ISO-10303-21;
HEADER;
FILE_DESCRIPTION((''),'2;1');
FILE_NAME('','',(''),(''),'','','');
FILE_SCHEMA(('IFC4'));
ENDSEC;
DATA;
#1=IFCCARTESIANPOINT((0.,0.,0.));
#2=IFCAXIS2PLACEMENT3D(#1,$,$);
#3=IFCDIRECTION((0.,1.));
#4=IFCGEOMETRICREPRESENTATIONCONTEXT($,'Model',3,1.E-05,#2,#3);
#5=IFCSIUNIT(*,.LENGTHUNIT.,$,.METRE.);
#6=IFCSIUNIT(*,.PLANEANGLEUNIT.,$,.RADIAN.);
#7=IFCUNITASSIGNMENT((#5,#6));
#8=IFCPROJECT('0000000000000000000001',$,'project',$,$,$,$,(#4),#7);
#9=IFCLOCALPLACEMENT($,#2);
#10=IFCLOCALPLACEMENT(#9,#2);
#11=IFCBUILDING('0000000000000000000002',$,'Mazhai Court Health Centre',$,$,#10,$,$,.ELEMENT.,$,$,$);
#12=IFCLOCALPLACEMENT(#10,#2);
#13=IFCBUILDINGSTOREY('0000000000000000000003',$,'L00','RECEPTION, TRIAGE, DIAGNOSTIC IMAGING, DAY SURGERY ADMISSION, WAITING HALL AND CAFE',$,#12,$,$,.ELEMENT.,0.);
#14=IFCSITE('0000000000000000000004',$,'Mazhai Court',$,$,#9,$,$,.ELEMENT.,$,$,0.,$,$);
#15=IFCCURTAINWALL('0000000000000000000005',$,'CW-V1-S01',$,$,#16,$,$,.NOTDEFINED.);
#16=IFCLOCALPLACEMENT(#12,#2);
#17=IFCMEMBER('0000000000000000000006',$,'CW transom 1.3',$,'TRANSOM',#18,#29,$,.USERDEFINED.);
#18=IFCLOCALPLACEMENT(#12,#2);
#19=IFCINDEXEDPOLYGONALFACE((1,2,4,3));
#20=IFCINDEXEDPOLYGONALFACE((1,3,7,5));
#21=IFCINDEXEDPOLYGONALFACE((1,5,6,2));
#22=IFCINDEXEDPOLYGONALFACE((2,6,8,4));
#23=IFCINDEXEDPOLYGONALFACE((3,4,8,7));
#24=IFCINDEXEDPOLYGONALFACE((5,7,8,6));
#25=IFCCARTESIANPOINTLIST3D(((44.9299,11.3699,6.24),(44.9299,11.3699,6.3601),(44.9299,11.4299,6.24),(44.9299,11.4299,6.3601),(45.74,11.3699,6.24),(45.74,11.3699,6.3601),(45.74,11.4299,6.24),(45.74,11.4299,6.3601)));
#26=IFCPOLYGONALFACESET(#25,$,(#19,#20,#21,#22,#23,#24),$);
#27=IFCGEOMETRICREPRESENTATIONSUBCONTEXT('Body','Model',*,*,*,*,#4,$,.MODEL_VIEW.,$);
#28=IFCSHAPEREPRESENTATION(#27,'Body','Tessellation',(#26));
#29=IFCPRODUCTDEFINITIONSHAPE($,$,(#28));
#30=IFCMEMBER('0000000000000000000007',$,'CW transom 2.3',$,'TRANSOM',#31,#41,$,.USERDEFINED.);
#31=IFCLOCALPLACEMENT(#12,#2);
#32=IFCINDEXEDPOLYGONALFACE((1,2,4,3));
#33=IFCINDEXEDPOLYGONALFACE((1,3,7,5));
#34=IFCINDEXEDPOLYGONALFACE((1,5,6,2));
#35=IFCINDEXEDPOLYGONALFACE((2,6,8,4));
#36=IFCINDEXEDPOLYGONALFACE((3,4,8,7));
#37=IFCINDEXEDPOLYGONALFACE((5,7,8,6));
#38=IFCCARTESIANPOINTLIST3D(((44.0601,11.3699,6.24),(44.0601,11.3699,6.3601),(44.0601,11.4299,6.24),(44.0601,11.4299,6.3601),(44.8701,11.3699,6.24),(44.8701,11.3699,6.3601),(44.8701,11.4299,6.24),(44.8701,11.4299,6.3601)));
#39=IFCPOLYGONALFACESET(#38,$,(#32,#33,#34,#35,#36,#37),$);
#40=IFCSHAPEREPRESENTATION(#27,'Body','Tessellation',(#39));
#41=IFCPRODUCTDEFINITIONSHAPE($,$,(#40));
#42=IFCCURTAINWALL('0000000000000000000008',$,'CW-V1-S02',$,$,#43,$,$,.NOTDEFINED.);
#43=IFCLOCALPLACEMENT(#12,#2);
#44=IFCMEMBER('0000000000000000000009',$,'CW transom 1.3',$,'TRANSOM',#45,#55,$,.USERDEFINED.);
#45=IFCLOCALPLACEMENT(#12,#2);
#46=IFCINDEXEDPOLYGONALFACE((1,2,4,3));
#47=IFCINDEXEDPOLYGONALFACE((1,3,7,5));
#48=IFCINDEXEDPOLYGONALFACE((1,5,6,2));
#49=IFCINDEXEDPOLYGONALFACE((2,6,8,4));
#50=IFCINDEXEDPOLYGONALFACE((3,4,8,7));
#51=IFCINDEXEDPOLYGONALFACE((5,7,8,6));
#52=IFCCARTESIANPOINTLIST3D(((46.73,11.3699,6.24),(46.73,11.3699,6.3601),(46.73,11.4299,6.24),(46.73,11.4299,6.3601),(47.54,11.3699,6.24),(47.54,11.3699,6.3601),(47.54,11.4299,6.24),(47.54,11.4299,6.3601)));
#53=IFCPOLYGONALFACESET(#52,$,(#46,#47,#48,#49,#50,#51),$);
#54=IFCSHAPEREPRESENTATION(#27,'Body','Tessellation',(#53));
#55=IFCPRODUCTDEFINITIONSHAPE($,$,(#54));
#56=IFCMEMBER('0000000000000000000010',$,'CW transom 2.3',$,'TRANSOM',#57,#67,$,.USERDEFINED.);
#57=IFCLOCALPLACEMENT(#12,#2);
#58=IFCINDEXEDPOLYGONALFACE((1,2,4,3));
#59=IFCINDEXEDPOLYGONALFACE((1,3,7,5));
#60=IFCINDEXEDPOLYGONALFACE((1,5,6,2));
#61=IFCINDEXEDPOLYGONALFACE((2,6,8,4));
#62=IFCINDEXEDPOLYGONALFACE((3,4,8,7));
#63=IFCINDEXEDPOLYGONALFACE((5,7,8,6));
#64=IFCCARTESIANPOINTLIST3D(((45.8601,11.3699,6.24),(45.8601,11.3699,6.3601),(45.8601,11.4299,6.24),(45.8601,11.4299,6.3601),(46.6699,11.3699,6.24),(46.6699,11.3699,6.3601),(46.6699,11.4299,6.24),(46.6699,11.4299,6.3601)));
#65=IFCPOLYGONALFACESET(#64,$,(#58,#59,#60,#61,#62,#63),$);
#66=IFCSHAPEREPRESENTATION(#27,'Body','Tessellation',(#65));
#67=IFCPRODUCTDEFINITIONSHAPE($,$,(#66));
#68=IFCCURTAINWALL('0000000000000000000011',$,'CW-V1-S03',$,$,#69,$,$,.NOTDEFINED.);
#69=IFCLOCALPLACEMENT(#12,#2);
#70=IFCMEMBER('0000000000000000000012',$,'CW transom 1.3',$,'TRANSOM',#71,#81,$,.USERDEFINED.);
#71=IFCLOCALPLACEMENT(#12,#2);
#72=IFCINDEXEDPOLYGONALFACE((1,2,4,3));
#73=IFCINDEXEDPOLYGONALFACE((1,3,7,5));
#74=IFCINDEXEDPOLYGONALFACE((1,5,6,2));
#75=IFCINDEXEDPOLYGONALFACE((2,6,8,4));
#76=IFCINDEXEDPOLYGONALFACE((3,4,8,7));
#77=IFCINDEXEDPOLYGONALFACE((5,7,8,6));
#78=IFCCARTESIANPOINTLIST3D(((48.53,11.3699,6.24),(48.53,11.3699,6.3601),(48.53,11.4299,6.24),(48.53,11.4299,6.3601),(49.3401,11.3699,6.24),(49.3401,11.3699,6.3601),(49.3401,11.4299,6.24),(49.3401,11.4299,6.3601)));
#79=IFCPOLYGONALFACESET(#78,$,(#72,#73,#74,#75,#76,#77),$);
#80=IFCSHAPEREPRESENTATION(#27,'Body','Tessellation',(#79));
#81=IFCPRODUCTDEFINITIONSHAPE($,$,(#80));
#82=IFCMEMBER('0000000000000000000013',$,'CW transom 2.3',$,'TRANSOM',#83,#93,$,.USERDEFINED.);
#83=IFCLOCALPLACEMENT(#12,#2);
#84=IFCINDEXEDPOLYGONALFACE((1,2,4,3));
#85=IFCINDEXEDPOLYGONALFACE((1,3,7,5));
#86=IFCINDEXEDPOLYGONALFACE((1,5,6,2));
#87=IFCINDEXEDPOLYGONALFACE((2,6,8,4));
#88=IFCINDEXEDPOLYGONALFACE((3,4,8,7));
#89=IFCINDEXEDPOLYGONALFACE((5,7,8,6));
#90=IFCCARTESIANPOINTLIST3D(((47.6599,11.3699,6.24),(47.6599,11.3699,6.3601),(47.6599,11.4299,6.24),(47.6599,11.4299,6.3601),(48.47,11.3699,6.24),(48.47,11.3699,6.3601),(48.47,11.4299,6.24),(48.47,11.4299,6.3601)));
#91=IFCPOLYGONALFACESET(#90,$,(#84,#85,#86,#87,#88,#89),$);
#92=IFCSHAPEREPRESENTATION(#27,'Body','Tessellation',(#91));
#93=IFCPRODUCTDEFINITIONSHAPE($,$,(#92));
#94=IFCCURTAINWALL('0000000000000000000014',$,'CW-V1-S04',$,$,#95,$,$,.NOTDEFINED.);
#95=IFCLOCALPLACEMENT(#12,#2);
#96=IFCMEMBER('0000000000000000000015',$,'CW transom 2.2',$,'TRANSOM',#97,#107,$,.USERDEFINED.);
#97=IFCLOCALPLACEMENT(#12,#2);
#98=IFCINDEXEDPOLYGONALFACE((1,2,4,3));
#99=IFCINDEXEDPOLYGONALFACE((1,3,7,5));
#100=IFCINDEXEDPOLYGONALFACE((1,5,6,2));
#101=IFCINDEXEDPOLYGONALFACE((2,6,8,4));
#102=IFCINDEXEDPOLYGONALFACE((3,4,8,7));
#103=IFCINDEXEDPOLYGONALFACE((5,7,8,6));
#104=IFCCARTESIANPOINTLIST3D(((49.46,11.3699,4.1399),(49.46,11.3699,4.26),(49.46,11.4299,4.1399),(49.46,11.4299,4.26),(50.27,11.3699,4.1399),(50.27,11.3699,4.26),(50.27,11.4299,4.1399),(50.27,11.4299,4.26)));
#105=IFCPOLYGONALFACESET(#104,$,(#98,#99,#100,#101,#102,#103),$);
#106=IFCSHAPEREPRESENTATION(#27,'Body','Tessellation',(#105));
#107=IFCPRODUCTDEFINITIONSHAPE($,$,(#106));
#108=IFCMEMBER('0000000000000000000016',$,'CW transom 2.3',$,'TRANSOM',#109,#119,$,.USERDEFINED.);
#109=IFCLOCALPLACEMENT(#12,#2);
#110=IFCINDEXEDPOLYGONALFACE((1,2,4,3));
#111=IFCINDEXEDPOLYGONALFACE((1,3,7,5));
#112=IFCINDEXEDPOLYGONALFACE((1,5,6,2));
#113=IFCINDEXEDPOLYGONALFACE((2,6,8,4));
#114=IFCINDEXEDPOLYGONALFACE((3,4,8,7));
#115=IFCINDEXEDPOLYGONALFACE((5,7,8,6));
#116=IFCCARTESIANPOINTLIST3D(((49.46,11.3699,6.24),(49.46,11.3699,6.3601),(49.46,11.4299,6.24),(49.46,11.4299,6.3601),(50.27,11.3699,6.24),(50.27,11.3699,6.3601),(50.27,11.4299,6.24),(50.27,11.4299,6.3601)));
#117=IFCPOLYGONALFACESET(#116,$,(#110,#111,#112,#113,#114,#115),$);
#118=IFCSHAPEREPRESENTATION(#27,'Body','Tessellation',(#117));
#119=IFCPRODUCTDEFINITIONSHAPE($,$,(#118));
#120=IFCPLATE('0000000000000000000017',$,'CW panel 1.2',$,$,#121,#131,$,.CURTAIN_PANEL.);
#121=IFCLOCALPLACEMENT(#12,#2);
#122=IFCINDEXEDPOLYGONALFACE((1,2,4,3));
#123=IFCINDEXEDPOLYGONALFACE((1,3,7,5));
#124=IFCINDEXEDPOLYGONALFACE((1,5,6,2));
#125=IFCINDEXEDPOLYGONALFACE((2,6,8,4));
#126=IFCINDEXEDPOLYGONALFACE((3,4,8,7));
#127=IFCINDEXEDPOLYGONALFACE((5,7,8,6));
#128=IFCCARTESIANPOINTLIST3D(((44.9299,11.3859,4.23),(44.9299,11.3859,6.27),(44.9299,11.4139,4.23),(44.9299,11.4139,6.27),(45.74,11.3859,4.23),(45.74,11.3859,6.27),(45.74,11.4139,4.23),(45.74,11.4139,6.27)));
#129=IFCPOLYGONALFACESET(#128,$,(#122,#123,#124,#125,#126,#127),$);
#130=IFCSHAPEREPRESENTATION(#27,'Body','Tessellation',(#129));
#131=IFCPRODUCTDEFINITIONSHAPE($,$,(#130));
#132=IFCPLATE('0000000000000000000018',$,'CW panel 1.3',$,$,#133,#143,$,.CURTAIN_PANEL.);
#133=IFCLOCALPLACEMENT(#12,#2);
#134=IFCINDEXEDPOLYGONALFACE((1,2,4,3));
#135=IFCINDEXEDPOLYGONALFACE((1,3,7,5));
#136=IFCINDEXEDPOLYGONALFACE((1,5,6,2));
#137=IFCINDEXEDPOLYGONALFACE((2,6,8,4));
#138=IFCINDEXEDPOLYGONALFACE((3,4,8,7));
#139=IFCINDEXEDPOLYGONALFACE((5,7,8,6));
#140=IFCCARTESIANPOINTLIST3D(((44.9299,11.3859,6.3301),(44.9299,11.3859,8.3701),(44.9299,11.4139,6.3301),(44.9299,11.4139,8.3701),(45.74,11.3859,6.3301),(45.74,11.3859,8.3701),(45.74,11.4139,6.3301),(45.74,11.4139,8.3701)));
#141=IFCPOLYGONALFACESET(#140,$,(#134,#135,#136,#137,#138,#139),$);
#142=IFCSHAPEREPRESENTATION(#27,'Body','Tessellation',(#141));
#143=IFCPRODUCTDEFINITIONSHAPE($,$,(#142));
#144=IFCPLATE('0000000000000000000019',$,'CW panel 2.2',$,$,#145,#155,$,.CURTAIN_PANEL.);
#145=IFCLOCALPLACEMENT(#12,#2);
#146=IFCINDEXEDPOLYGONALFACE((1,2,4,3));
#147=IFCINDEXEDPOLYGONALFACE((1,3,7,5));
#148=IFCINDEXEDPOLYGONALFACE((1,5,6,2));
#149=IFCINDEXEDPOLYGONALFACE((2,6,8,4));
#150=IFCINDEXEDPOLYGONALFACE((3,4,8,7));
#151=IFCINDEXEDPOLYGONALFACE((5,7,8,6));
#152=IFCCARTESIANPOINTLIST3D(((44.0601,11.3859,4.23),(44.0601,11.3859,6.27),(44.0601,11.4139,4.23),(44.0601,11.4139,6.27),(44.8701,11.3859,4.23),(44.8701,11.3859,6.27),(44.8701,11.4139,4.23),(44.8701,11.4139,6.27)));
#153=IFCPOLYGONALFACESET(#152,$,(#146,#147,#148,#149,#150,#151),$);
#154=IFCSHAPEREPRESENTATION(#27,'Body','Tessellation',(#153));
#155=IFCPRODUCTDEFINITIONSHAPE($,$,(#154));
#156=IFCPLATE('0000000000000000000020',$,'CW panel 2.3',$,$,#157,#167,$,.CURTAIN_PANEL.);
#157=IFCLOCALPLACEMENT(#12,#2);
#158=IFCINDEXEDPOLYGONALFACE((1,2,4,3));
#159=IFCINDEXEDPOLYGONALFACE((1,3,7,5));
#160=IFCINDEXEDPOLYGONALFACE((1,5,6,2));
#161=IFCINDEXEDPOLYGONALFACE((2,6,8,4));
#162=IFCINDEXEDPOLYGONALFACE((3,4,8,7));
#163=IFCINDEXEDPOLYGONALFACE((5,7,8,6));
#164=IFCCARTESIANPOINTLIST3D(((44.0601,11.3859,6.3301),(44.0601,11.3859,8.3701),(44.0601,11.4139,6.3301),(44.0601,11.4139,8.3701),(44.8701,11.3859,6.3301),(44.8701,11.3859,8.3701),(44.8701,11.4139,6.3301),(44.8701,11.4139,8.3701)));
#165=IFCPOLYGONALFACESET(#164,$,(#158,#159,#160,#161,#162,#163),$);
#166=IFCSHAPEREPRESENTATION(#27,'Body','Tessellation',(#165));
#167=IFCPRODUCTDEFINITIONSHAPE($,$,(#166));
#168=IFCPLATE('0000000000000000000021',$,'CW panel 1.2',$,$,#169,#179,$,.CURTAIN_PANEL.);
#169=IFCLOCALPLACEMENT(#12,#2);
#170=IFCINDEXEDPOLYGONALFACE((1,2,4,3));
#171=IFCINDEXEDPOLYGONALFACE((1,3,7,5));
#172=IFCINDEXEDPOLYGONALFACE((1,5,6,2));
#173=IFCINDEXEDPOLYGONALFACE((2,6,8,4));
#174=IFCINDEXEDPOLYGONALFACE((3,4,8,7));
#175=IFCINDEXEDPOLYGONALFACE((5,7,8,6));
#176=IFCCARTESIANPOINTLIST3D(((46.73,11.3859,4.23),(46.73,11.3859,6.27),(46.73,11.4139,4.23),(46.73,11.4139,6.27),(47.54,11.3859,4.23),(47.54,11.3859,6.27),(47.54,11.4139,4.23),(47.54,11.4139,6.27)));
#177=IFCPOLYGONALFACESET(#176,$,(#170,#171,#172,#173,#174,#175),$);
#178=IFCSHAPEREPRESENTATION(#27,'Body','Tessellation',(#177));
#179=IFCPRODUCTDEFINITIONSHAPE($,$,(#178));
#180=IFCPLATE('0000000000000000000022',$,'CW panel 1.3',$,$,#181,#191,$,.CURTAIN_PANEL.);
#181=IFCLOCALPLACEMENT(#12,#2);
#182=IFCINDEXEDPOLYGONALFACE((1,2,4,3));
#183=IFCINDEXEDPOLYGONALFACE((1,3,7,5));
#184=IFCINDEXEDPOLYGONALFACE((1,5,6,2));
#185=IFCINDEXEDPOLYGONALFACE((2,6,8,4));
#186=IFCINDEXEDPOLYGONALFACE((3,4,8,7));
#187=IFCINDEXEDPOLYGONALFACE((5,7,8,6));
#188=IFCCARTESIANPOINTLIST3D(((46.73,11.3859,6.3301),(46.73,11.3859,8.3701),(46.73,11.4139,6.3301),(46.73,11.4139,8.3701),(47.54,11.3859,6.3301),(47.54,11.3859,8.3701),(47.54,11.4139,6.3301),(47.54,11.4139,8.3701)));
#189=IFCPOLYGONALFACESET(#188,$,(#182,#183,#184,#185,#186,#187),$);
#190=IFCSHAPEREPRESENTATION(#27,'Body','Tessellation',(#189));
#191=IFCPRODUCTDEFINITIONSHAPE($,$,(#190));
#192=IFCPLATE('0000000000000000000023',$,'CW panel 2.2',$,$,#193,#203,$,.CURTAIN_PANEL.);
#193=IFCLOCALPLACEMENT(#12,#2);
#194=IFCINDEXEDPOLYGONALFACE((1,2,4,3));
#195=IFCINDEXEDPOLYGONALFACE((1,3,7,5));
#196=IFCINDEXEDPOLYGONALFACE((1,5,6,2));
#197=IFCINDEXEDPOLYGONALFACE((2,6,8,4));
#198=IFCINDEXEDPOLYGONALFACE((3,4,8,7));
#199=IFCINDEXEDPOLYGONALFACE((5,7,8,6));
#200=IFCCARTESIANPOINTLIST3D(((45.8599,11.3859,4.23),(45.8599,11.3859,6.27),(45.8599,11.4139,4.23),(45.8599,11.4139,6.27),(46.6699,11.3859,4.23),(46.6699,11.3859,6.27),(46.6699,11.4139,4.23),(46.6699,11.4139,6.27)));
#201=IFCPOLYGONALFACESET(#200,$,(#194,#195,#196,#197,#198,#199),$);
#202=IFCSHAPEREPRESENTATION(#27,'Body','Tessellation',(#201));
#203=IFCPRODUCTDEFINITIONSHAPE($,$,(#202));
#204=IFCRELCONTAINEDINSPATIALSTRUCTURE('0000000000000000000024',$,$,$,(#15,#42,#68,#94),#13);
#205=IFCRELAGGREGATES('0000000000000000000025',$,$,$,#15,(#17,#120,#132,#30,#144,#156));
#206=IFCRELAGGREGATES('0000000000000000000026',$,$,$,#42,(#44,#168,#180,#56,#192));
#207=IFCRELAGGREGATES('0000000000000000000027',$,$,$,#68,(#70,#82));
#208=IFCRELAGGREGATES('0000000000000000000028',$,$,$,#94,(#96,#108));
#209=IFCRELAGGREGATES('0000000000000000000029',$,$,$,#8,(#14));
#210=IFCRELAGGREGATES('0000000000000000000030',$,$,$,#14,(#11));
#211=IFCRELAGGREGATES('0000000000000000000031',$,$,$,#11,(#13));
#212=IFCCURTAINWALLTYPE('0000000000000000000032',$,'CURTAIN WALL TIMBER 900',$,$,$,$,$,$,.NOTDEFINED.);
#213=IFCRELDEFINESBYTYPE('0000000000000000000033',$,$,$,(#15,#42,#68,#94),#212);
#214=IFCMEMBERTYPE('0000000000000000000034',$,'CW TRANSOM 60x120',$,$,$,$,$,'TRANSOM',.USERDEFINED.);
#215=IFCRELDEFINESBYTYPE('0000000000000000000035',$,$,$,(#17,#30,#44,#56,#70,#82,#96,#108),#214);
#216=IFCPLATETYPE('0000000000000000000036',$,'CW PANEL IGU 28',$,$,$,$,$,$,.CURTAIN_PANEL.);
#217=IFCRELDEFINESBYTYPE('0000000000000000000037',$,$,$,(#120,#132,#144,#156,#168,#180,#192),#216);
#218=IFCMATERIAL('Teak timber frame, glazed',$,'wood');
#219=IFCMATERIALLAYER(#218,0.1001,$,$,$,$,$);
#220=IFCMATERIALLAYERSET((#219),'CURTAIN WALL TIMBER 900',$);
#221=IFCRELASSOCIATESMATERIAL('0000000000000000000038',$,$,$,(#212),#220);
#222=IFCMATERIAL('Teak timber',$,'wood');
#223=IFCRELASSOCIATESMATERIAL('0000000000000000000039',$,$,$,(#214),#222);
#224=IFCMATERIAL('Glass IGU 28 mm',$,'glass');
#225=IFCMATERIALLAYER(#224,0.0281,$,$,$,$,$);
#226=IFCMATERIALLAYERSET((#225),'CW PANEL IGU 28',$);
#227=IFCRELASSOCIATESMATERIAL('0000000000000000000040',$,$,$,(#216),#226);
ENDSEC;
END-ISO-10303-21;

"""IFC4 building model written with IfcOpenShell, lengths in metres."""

from ifc_helpers import new_model, si_unit, direction, frame, origin, origin_2d, place, context, subcontext, project, spatial, rectangle, extrude, material, layer, layer_set, material_profile, profile_set, type_object, element, aggregate, save


model = new_model("IFC4")

# Units and contexts
model_context = context("Model", 3, precision=1e-05, world=origin(), true_north=direction((0.0, 1.0)))
body_context = subcontext(model_context, "Body", "Model", "MODEL_VIEW")
ifc_project = project(units=[si_unit("LENGTHUNIT", "METRE"), si_unit("PLANEANGLEUNIT", "RADIAN")], contexts=[model_context])

# Site, building, storey
site_placement = place(None, origin())
site = spatial("IfcSite", under=ifc_project, at=site_placement, Name="Mazhai Court", CompositionType="ELEMENT", RefElevation=0.0)
building_placement = place(site_placement, origin())
building = spatial("IfcBuilding", under=site, at=building_placement, Name="Mazhai Court Health Centre", CompositionType="ELEMENT")
storey_placement = place(building_placement, origin())
storey = spatial("IfcBuildingStorey", under=building, at=storey_placement, Name="L00", Description="RECEPTION, TRIAGE, DIAGNOSTIC IMAGING, DAY SURGERY ADMISSION, WAITING HALL AND CAFE", CompositionType="ELEMENT", Elevation=0.0)

# Curtain walls, members
ifc_material_1 = material(Name="Teak timber frame, glazed", Category="wood")
ifc_layer_1 = layer(ifc_material_1, 0.1001)
ifc_layer_set_1 = layer_set([ifc_layer_1], Name="CURTAIN WALL TIMBER 900")
curtain_wall_type = type_object("IfcCurtainWallType", Name="CURTAIN WALL TIMBER 900", PredefinedType="NOTDEFINED", material=ifc_layer_set_1)
curtain_wall_1_placement = place(storey_placement, origin())
curtain_wall_1 = element("IfcCurtainWall", 1, at=curtain_wall_1_placement, inside=storey, type_object=curtain_wall_type, Name="CW-V1-S01", PredefinedType="NOTDEFINED")
ifc_material_2 = material(Name="Teak timber", Category="wood")
ifc_material_profile = material_profile(ifc_material_2, rectangle(XDim=0.0601, YDim=0.1201, at=origin_2d()), Name="CW TRANSOM 60x120")
ifc_profile_set = profile_set([ifc_material_profile], Name="Teak timber")
member_type = type_object("IfcMemberType", Name="CW TRANSOM 60x120", ElementType="TRANSOM", PredefinedType="USERDEFINED", material=ifc_profile_set)
member_1_placement = place(storey_placement, frame((45.74, 11.3999, 6.3), z_axis=(-1.0, 0.0, 0.0), x_axis=(0.0, -1.0, 0.0)))
member_1 = element("IfcMember", 2, at=member_1_placement, type_object=member_type, Name="CW transom 1.3", ObjectType="TRANSOM", PredefinedType="USERDEFINED", context=body_context, shape_type="SweptSolid", body=[
    extrude(rectangle(XDim=0.0601, YDim=0.1201, at=origin_2d()), origin(), (0.0, 0.0, 1.0), 0.8101),
])
member_2_placement = place(storey_placement, frame((44.8701, 11.3999, 6.3), z_axis=(-1.0, 0.0, 0.0), x_axis=(0.0, -1.0, 0.0)))
member_2 = element("IfcMember", 3, at=member_2_placement, type_object=member_type, Name="CW transom 2.3", ObjectType="TRANSOM", PredefinedType="USERDEFINED", context=body_context, shape_type="SweptSolid", body=[
    extrude(rectangle(XDim=0.0601, YDim=0.1201, at=origin_2d()), origin(), (0.0, 0.0, 1.0), 0.8101),
])
curtain_wall_2_placement = place(storey_placement, origin())
curtain_wall_2 = element("IfcCurtainWall", 4, at=curtain_wall_2_placement, inside=storey, type_object=curtain_wall_type, Name="CW-V1-S02", PredefinedType="NOTDEFINED")
member_3_placement = place(storey_placement, frame((47.54, 11.3999, 6.3), z_axis=(-1.0, 0.0, 0.0), x_axis=(0.0, -1.0, 0.0)))
member_3 = element("IfcMember", 5, at=member_3_placement, type_object=member_type, Name="CW transom 1.3", ObjectType="TRANSOM", PredefinedType="USERDEFINED", context=body_context, shape_type="SweptSolid", body=[
    extrude(rectangle(XDim=0.0601, YDim=0.1201, at=origin_2d()), origin(), (0.0, 0.0, 1.0), 0.8101),
])
member_4_placement = place(storey_placement, frame((46.6699, 11.3999, 6.3), z_axis=(-1.0, 0.0, 0.0), x_axis=(0.0, -1.0, 0.0)))
member_4 = element("IfcMember", 6, at=member_4_placement, type_object=member_type, Name="CW transom 2.3", ObjectType="TRANSOM", PredefinedType="USERDEFINED", context=body_context, shape_type="SweptSolid", body=[
    extrude(rectangle(XDim=0.0601, YDim=0.1201, at=origin_2d()), origin(), (0.0, 0.0, 1.0), 0.8098),
])
curtain_wall_3_placement = place(storey_placement, origin())
curtain_wall_3 = element("IfcCurtainWall", 7, at=curtain_wall_3_placement, inside=storey, type_object=curtain_wall_type, Name="CW-V1-S03", PredefinedType="NOTDEFINED")
member_5_placement = place(storey_placement, frame((49.3401, 11.3999, 6.3), z_axis=(-1.0, 0.0, 0.0), x_axis=(0.0, -1.0, 0.0)))
member_5 = element("IfcMember", 8, at=member_5_placement, type_object=member_type, Name="CW transom 1.3", ObjectType="TRANSOM", PredefinedType="USERDEFINED", context=body_context, shape_type="SweptSolid", body=[
    extrude(rectangle(XDim=0.0601, YDim=0.1201, at=origin_2d()), origin(), (0.0, 0.0, 1.0), 0.8101),
])
member_6_placement = place(storey_placement, frame((48.47, 11.3999, 6.3), z_axis=(-1.0, 0.0, 0.0), x_axis=(0.0, -1.0, 0.0)))
member_6 = element("IfcMember", 9, at=member_6_placement, type_object=member_type, Name="CW transom 2.3", ObjectType="TRANSOM", PredefinedType="USERDEFINED", context=body_context, shape_type="SweptSolid", body=[
    extrude(rectangle(XDim=0.0601, YDim=0.1201, at=origin_2d()), origin(), (0.0, 0.0, 1.0), 0.8101),
])
curtain_wall_4_placement = place(storey_placement, origin())
curtain_wall_4 = element("IfcCurtainWall", 10, at=curtain_wall_4_placement, inside=storey, type_object=curtain_wall_type, Name="CW-V1-S04", PredefinedType="NOTDEFINED")
member_7_placement = place(storey_placement, frame((50.27, 11.3999, 4.2), z_axis=(-1.0, 0.0, 0.0), x_axis=(0.0, -1.0, 0.0)))
member_7 = element("IfcMember", 11, at=member_7_placement, type_object=member_type, Name="CW transom 2.2", ObjectType="TRANSOM", PredefinedType="USERDEFINED", context=body_context, shape_type="SweptSolid", body=[
    extrude(rectangle(XDim=0.0601, YDim=0.1201, at=origin_2d()), origin(), (0.0, 0.0, 1.0), 0.8101),
])
member_8_placement = place(storey_placement, frame((50.27, 11.3999, 6.3), z_axis=(-1.0, 0.0, 0.0), x_axis=(0.0, -1.0, 0.0)))
member_8 = element("IfcMember", 12, at=member_8_placement, type_object=member_type, Name="CW transom 2.3", ObjectType="TRANSOM", PredefinedType="USERDEFINED", context=body_context, shape_type="SweptSolid", body=[
    extrude(rectangle(XDim=0.0601, YDim=0.1201, at=origin_2d()), origin(), (0.0, 0.0, 1.0), 0.8101),
])

# Plates
ifc_material_3 = material(Name="Glass IGU 28 mm", Category="glass")
ifc_layer_2 = layer(ifc_material_3, 0.0281)
ifc_layer_set_2 = layer_set([ifc_layer_2], Name="CW PANEL IGU 28")
plate_type = type_object("IfcPlateType", Name="CW PANEL IGU 28", PredefinedType="CURTAIN_PANEL", material=ifc_layer_set_2)
plate_1_placement = place(storey_placement, frame((45.335, 11.3999, 4.23), z_axis=(0.0, 0.0, 1.0), x_axis=(-1.0, 0.0, 0.0)))
plate_1 = element("IfcPlate", 13, at=plate_1_placement, type_object=plate_type, Name="CW panel 1.2", PredefinedType="CURTAIN_PANEL", context=body_context, shape_type="SweptSolid", body=[
    extrude(rectangle(XDim=0.8101, YDim=0.0281, at=origin_2d()), origin(), (0.0, 0.0, 1.0), 2.04),
])
plate_2_placement = place(storey_placement, frame((45.335, 11.3999, 6.3301), z_axis=(0.0, 0.0, 1.0), x_axis=(-1.0, 0.0, 0.0)))
plate_2 = element("IfcPlate", 14, at=plate_2_placement, type_object=plate_type, Name="CW panel 1.3", PredefinedType="CURTAIN_PANEL", context=body_context, shape_type="SweptSolid", body=[
    extrude(rectangle(XDim=0.8101, YDim=0.0281, at=origin_2d()), origin(), (0.0, 0.0, 1.0), 2.04),
])
plate_3_placement = place(storey_placement, frame((44.4651, 11.3999, 4.23), z_axis=(0.0, 0.0, 1.0), x_axis=(-1.0, 0.0, 0.0)))
plate_3 = element("IfcPlate", 15, at=plate_3_placement, type_object=plate_type, Name="CW panel 2.2", PredefinedType="CURTAIN_PANEL", context=body_context, shape_type="SweptSolid", body=[
    extrude(rectangle(XDim=0.8101, YDim=0.0281, at=origin_2d()), origin(), (0.0, 0.0, 1.0), 2.04),
])
plate_4_placement = place(storey_placement, frame((44.4651, 11.3999, 6.3301), z_axis=(0.0, 0.0, 1.0), x_axis=(-1.0, 0.0, 0.0)))
plate_4 = element("IfcPlate", 16, at=plate_4_placement, type_object=plate_type, Name="CW panel 2.3", PredefinedType="CURTAIN_PANEL", context=body_context, shape_type="SweptSolid", body=[
    extrude(rectangle(XDim=0.8101, YDim=0.0281, at=origin_2d()), origin(), (0.0, 0.0, 1.0), 2.04),
])
aggregate(curtain_wall_1, [member_1, plate_1, plate_2, member_2, plate_3, plate_4])
plate_5_placement = place(storey_placement, frame((47.135, 11.3999, 4.23), z_axis=(0.0, 0.0, 1.0), x_axis=(-1.0, 0.0, 0.0)))
plate_5 = element("IfcPlate", 17, at=plate_5_placement, type_object=plate_type, Name="CW panel 1.2", PredefinedType="CURTAIN_PANEL", context=body_context, shape_type="SweptSolid", body=[
    extrude(rectangle(XDim=0.8101, YDim=0.0281, at=origin_2d()), origin(), (0.0, 0.0, 1.0), 2.04),
])
plate_6_placement = place(storey_placement, frame((47.135, 11.3999, 6.3301), z_axis=(0.0, 0.0, 1.0), x_axis=(-1.0, 0.0, 0.0)))
plate_6 = element("IfcPlate", 18, at=plate_6_placement, type_object=plate_type, Name="CW panel 1.3", PredefinedType="CURTAIN_PANEL", context=body_context, shape_type="SweptSolid", body=[
    extrude(rectangle(XDim=0.8101, YDim=0.0281, at=origin_2d()), origin(), (0.0, 0.0, 1.0), 2.04),
])
plate_7_placement = place(storey_placement, frame((46.2649, 11.3999, 4.23), z_axis=(0.0, 0.0, 1.0), x_axis=(-1.0, 0.0, 0.0)))
plate_7 = element("IfcPlate", 19, at=plate_7_placement, type_object=plate_type, Name="CW panel 2.2", PredefinedType="CURTAIN_PANEL", context=body_context, shape_type="SweptSolid", body=[
    extrude(rectangle(XDim=0.8101, YDim=0.0281, at=origin_2d()), origin(), (0.0, 0.0, 1.0), 2.04),
])
aggregate(curtain_wall_2, [member_3, plate_5, plate_6, member_4, plate_7])
aggregate(curtain_wall_3, [member_5, member_6])
aggregate(curtain_wall_4, [member_7, member_8])

save(model, "model.ifc")
